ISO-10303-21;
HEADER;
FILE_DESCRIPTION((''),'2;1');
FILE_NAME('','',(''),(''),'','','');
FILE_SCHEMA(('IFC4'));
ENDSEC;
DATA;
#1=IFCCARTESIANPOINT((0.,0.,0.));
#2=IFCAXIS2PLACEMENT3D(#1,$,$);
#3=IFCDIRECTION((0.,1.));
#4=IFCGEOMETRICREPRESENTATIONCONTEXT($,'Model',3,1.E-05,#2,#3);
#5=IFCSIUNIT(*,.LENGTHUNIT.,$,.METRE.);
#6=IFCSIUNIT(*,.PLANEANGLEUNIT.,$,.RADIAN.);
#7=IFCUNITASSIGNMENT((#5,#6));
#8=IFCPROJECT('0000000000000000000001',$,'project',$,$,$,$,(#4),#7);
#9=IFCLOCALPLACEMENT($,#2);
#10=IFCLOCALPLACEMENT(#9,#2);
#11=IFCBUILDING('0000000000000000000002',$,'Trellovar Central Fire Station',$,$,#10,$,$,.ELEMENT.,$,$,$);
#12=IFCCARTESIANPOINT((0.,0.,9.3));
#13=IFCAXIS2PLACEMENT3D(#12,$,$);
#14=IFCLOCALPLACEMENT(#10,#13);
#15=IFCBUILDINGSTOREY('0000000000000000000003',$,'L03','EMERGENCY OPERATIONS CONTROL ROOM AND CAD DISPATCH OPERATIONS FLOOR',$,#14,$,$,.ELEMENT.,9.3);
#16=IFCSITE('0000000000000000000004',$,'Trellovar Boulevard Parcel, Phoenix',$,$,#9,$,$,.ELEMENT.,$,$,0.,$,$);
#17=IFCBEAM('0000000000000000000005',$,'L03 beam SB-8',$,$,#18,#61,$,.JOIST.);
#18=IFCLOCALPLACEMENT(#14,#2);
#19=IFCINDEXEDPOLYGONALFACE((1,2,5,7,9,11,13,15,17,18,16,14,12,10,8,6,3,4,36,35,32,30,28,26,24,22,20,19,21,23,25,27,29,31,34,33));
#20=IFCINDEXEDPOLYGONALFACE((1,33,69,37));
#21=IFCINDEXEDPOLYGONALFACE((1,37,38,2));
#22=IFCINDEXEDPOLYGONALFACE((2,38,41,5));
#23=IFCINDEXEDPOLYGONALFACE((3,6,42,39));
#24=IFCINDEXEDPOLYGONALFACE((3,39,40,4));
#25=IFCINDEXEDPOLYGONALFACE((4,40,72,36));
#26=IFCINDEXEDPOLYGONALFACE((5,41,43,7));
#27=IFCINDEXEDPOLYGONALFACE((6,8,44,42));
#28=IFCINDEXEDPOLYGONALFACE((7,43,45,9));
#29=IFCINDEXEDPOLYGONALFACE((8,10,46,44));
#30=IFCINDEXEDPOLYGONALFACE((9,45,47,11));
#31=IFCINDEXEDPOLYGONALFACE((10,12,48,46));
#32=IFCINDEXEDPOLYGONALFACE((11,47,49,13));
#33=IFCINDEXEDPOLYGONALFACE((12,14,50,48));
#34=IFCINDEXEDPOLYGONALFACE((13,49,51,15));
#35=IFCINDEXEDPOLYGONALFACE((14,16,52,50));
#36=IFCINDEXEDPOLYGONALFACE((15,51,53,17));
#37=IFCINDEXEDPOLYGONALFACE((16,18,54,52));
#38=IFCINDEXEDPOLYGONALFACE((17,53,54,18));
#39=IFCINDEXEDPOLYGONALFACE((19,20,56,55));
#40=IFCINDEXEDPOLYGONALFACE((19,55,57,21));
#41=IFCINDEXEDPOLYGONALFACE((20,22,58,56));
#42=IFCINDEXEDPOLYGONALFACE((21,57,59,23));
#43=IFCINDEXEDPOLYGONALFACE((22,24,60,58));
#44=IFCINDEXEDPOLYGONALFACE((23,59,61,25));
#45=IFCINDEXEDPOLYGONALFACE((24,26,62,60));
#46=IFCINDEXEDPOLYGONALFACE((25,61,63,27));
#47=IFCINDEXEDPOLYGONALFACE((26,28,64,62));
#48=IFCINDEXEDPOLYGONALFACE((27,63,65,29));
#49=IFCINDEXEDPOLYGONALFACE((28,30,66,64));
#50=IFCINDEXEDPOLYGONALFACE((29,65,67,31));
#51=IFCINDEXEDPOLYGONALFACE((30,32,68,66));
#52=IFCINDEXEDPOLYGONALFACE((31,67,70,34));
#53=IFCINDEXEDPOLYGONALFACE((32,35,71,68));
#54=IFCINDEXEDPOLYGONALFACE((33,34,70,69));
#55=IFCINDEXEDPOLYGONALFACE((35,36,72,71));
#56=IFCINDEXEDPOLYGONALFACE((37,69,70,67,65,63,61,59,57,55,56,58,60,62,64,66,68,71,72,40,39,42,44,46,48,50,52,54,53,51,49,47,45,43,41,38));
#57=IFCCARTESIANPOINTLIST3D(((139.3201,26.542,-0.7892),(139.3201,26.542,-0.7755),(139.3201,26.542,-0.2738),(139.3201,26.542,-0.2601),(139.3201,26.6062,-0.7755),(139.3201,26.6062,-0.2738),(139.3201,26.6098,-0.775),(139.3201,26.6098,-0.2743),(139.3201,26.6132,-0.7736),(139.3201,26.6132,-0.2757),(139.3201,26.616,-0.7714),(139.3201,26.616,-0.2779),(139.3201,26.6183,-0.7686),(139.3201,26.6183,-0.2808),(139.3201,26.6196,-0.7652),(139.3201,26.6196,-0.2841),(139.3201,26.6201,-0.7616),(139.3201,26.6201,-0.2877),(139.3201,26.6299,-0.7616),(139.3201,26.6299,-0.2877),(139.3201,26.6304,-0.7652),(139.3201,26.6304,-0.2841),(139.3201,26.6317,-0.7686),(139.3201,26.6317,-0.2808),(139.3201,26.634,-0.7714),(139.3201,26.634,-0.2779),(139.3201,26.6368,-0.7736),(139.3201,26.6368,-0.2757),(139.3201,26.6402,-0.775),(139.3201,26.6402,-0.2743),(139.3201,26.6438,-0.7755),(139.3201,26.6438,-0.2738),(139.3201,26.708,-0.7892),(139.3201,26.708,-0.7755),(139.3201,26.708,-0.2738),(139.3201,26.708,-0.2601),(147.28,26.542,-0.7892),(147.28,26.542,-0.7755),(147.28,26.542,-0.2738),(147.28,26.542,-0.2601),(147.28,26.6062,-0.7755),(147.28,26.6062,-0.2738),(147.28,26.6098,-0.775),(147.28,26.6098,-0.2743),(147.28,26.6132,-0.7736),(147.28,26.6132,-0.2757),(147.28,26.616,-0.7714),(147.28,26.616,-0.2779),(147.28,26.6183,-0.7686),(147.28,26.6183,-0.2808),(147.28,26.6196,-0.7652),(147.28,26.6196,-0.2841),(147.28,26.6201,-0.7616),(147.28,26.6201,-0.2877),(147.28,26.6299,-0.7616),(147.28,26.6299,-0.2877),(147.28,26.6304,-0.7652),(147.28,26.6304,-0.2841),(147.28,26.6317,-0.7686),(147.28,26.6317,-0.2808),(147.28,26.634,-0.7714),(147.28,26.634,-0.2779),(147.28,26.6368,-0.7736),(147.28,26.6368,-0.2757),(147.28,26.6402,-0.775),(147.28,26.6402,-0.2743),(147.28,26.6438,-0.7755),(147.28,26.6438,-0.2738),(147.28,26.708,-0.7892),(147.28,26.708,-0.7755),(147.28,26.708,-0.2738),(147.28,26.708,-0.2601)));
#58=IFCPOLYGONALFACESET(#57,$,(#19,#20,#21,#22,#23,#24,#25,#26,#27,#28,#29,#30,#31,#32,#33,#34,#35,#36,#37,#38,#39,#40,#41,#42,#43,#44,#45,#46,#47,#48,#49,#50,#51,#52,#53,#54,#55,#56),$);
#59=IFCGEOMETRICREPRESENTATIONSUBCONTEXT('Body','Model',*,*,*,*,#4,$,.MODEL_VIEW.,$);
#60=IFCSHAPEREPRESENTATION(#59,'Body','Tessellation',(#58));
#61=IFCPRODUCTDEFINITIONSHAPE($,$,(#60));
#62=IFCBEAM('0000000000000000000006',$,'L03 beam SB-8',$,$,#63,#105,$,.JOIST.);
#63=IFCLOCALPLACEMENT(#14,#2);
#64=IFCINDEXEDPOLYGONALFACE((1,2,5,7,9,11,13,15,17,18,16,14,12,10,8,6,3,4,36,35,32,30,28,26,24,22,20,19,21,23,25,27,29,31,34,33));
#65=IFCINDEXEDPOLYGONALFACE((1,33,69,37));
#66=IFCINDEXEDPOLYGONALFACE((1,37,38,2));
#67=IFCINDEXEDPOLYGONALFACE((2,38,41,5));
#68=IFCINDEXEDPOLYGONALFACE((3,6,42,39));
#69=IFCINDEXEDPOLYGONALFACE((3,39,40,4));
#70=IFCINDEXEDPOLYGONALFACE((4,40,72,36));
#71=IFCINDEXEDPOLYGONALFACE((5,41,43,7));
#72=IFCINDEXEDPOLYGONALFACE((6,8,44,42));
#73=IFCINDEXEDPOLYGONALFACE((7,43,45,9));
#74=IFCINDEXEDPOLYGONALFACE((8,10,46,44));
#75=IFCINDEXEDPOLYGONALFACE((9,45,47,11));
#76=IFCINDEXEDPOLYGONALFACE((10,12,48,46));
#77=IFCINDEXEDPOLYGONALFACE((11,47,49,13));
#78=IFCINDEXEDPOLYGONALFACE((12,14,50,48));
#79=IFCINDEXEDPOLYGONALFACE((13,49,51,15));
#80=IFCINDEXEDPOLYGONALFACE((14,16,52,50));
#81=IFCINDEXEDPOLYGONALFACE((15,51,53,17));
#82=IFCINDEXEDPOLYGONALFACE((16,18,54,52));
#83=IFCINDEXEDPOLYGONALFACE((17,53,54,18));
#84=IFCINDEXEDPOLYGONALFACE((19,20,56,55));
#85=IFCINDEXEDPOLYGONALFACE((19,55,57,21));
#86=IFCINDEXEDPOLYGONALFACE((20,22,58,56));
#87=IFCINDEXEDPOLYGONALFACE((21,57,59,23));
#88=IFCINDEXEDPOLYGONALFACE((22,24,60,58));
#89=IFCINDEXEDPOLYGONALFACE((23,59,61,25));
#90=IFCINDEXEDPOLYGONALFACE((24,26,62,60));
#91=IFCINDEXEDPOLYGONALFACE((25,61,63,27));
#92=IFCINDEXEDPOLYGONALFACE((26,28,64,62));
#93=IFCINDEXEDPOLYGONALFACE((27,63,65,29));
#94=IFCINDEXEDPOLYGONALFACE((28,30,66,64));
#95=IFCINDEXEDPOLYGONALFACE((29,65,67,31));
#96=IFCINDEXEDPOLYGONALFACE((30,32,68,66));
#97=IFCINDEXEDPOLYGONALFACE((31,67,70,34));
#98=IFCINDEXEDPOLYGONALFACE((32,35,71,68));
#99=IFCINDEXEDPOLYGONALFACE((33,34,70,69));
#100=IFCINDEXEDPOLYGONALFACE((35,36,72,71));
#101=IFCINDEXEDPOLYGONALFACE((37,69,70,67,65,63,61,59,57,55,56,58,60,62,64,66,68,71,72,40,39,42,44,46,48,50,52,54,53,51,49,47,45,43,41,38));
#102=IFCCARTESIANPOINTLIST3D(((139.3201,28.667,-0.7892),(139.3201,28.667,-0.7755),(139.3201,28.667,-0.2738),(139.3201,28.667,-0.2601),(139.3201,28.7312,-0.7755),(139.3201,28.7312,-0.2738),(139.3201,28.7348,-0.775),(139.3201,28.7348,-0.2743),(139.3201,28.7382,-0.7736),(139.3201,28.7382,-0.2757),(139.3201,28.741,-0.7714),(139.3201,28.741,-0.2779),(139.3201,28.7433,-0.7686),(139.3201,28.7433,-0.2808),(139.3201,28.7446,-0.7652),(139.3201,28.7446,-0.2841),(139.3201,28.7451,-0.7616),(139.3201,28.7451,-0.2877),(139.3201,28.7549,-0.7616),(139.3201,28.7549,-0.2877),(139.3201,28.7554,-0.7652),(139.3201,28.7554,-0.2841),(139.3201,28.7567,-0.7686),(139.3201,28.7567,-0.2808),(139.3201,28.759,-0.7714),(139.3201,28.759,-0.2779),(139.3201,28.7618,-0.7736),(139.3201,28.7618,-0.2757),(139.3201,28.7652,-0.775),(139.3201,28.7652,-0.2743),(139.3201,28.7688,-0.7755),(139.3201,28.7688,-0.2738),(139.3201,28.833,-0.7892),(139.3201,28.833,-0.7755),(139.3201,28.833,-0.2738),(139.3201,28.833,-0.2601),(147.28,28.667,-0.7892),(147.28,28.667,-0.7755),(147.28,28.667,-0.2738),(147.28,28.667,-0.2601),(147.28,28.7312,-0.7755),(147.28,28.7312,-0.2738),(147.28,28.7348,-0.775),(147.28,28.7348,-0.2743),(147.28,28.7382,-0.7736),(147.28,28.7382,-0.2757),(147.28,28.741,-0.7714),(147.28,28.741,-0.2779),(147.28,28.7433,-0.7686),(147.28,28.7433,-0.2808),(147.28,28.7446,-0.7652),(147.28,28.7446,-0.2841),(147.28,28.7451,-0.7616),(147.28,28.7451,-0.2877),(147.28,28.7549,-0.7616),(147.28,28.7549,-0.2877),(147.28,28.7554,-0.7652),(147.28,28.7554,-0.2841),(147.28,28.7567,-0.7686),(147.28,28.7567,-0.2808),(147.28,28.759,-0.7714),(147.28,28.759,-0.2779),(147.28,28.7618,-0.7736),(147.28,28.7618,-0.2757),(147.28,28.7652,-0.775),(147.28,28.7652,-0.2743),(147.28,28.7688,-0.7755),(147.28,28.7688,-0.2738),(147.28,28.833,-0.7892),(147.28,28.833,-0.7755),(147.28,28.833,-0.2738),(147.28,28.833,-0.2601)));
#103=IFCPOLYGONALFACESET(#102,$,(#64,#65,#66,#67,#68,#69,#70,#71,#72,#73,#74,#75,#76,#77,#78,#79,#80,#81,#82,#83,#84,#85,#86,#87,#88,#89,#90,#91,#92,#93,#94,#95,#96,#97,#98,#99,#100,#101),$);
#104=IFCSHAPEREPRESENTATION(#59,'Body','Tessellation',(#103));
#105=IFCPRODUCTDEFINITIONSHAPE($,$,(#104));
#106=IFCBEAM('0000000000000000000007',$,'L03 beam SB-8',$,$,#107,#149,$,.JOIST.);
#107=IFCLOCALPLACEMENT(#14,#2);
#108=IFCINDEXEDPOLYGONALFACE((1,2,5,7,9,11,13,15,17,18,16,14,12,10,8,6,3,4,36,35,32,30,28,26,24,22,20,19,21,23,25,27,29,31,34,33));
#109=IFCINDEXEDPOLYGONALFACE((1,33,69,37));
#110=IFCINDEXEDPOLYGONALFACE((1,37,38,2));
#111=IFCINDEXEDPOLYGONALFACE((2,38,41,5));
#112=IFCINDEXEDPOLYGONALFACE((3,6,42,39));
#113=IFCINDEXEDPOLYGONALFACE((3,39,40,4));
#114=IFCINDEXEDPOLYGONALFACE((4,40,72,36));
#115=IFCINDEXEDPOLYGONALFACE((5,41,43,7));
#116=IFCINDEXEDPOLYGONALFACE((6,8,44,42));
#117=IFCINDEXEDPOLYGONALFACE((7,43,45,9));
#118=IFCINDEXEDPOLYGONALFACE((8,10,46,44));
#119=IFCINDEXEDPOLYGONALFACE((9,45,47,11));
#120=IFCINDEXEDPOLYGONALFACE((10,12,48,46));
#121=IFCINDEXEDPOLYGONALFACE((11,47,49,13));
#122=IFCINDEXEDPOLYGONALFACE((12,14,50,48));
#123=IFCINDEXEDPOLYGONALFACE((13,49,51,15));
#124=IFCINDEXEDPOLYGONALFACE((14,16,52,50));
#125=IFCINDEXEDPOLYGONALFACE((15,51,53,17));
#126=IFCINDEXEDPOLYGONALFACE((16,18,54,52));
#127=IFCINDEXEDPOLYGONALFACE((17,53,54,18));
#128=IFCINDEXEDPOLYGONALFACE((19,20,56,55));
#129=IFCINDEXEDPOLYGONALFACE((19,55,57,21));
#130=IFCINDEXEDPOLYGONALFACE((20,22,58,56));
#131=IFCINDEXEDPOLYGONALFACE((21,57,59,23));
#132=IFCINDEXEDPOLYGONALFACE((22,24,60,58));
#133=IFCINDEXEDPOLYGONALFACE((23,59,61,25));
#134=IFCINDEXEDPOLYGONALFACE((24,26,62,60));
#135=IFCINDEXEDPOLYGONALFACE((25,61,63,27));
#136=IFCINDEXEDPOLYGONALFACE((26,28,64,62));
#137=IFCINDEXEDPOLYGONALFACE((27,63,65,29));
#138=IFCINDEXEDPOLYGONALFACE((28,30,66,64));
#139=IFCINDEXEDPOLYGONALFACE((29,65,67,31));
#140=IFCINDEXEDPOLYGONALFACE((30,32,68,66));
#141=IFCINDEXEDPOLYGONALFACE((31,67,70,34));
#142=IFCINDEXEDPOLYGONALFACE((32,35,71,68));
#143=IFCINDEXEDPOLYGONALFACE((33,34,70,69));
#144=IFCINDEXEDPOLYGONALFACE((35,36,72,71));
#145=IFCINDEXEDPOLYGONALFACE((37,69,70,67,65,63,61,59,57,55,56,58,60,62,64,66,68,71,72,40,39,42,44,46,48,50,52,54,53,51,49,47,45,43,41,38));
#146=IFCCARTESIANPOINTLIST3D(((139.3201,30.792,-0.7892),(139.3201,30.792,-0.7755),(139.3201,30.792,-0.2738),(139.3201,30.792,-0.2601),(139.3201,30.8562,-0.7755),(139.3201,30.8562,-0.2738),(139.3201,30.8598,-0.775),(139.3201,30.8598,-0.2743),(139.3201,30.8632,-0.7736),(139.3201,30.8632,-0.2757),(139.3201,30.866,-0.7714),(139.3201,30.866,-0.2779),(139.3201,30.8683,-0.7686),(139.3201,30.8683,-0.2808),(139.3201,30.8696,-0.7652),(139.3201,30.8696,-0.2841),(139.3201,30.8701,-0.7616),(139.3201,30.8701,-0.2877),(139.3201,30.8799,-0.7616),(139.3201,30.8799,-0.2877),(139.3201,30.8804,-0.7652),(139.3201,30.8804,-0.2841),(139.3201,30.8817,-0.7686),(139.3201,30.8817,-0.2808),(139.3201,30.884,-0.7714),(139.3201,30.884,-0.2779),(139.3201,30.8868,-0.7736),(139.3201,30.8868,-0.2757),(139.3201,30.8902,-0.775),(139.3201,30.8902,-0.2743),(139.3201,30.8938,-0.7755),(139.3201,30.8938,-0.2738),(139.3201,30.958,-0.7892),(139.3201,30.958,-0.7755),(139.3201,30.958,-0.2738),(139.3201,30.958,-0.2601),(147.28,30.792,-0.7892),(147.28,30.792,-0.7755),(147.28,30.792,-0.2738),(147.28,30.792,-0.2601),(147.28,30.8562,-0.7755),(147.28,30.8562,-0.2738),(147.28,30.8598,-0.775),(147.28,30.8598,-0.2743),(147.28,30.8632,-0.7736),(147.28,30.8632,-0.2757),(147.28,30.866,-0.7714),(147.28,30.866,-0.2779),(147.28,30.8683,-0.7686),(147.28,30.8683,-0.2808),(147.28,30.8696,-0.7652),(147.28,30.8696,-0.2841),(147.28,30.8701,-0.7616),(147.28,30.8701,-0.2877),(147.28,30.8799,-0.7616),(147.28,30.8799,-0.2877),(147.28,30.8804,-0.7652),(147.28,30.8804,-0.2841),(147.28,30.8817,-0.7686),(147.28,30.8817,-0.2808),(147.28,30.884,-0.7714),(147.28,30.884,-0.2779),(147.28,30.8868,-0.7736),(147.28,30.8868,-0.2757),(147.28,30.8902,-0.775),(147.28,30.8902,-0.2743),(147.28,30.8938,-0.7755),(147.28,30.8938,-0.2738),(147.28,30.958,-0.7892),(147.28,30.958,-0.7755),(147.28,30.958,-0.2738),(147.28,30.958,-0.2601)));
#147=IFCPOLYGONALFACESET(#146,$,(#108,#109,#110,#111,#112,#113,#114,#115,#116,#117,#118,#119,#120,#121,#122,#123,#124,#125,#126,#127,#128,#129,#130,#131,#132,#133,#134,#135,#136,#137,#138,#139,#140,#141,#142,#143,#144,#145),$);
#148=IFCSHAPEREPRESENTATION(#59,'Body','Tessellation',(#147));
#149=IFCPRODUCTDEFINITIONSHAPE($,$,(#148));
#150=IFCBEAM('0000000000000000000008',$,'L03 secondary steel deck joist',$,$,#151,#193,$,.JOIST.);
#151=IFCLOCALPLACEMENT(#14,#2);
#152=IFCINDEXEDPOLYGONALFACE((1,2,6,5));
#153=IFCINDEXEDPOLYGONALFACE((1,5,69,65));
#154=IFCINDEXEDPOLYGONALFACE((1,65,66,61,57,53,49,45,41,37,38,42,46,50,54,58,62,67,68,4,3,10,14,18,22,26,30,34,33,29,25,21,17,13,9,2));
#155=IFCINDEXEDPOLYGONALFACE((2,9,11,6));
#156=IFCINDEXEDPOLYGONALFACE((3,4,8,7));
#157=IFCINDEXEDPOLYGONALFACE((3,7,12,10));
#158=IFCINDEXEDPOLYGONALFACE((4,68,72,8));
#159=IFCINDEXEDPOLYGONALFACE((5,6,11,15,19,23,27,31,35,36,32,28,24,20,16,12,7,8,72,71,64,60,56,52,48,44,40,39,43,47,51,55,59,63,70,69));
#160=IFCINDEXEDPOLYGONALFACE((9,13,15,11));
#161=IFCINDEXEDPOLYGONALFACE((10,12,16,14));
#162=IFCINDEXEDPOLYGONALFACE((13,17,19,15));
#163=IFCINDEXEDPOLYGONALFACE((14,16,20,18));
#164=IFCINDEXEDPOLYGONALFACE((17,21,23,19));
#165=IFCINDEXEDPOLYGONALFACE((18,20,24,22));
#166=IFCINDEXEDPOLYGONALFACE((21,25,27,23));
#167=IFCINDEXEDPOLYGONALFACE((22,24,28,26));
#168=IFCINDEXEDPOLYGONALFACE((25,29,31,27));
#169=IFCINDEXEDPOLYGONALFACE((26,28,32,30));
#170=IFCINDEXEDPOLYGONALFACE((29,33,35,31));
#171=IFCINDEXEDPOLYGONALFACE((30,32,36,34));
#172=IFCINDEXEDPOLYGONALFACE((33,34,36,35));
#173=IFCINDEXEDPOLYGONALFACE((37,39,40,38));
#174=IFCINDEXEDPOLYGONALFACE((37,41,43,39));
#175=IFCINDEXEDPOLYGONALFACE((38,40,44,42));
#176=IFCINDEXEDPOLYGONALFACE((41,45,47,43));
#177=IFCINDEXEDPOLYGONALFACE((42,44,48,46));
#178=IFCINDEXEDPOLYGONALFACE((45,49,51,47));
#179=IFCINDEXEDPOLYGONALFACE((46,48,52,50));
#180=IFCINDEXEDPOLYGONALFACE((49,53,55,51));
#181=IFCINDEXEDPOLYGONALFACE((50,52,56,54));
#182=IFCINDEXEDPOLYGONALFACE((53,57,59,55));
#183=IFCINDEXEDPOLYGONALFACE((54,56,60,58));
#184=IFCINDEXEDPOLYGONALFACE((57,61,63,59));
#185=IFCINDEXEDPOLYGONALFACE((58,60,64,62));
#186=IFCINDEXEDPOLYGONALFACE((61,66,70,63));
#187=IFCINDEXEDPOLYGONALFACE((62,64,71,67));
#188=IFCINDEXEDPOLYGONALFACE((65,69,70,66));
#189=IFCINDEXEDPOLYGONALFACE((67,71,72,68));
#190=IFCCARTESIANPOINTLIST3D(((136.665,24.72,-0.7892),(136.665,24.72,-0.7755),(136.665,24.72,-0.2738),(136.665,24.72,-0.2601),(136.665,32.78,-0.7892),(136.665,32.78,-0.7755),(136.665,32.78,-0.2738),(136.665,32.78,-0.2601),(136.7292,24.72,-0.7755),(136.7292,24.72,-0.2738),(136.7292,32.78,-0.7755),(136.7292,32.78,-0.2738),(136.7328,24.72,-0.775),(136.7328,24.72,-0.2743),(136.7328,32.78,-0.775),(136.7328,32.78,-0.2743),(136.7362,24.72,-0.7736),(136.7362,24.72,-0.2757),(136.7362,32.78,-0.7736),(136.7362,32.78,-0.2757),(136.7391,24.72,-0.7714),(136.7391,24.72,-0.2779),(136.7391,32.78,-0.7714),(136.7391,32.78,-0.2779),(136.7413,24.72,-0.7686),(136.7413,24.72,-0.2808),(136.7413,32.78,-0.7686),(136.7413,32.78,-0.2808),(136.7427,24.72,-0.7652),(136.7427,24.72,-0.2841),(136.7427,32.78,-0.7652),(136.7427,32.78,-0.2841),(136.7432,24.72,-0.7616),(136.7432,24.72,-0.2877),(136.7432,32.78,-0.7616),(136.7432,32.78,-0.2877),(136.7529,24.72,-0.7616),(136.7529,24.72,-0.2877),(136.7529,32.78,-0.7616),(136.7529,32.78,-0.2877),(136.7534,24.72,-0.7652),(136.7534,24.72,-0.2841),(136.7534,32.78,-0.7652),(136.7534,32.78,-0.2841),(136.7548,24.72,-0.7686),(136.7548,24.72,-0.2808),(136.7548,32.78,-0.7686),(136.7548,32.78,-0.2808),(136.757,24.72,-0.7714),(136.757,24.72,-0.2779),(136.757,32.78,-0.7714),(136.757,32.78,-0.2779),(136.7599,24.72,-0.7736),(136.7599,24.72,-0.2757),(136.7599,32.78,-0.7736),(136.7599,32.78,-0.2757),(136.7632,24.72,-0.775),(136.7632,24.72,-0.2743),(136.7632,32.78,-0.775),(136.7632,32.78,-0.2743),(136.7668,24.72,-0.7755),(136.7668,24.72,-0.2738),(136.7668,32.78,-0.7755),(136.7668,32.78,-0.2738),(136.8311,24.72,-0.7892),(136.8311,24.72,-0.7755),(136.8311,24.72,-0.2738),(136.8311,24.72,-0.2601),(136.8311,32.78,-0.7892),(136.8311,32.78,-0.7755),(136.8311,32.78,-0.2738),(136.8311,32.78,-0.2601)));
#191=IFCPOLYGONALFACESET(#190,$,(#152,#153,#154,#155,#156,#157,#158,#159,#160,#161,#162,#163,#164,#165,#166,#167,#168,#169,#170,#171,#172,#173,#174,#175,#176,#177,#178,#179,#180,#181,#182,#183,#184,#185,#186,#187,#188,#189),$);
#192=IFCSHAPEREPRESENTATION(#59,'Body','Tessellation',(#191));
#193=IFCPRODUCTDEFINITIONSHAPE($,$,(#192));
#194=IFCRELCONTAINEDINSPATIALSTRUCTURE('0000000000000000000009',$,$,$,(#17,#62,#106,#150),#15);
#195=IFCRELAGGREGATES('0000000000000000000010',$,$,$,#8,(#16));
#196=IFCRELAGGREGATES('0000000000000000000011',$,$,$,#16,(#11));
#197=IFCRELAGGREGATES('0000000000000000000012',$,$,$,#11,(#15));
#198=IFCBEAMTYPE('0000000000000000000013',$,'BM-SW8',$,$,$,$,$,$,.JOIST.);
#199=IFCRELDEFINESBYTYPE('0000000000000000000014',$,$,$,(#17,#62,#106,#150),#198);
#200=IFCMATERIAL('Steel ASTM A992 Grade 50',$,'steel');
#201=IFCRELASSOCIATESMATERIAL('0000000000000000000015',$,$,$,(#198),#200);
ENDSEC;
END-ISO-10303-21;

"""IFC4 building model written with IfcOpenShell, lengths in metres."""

from ifc_helpers import new_model, si_unit, direction, frame, origin, origin_2d, place, context, subcontext, project, spatial, i_section, extrude, material, material_profile, profile_set, type_object, element, save


model = new_model("IFC4")

# Units and contexts
model_context = context("Model", 3, precision=1e-05, world=origin(), true_north=direction((0.0, 1.0)))
body_context = subcontext(model_context, "Body", "Model", "MODEL_VIEW")
ifc_project = project(units=[si_unit("LENGTHUNIT", "METRE"), si_unit("PLANEANGLEUNIT", "RADIAN")], contexts=[model_context])

# Site, building, storey
site_placement = place(None, origin())
site = spatial("IfcSite", under=ifc_project, at=site_placement, Name="Trellovar Boulevard Parcel, Phoenix", CompositionType="ELEMENT", RefElevation=0.0)
building_placement = place(site_placement, origin())
building = spatial("IfcBuilding", under=site, at=building_placement, Name="Trellovar Central Fire Station", CompositionType="ELEMENT")
storey_placement = place(building_placement, frame((0.0, 0.0, 9.3)))
storey = spatial("IfcBuildingStorey", under=building, at=storey_placement, Name="L03", Description="EMERGENCY OPERATIONS CONTROL ROOM AND CAD DISPATCH OPERATIONS FLOOR", CompositionType="ELEMENT", Elevation=9.3)

# Beams
ifc_material_1 = material(Name="Steel ASTM A992 Grade 50", Category="steel")
ifc_material_profile_1 = material_profile(ifc_material_1, i_section(OverallWidth=0.166, OverallDepth=0.5291, WebThickness=0.0098, FlangeThickness=0.0137, FilletRadius=0.0139, at=origin_2d()), Name="W21X50")
ifc_profile_set_1 = profile_set([ifc_material_profile_1], Name="Steel ASTM A992 Grade 50")
beam_type_1 = type_object("IfcBeamType", Name="BM-SW8", PredefinedType="JOIST", material=ifc_profile_set_1)
for number, where, z_axis, x_axis, name in (
    (1, (139.3201, 26.625, -0.5247), (1.0, 0.0, 0.0), (0.0, 1.0, 0.0), "L03 beam SB-8"),
    (2, (139.3201, 28.75, -0.5247), (1.0, 0.0, 0.0), (0.0, 1.0, 0.0), "L03 beam SB-8"),
    (3, (139.3201, 30.875, -0.5247), (1.0, 0.0, 0.0), (0.0, 1.0, 0.0), "L03 beam SB-8"),
):
    element("IfcBeam", number, at=place(storey_placement, frame(where, z_axis=z_axis, x_axis=x_axis)), inside=storey, type_object=beam_type_1, Name=name, PredefinedType="JOIST", context=body_context, shape_type="SweptSolid", body=[
        extrude(i_section(OverallWidth=0.166, OverallDepth=0.5291, WebThickness=0.0098, FlangeThickness=0.0137, FilletRadius=0.0139, at=origin_2d()), origin(), (0.0, 0.0, 1.0), 7.96),
    ])
for number, where, z_axis, x_axis, name in (
    (4, (136.748, 24.72, -0.5247), (0.0, 1.0, 0.0), (-1.0, 0.0, 0.0), "L03 secondary steel deck joist"),
):
    element("IfcBeam", number, at=place(storey_placement, frame(where, z_axis=z_axis, x_axis=x_axis)), inside=storey, type_object=beam_type_1, Name=name, PredefinedType="JOIST", context=body_context, shape_type="SweptSolid", body=[
        extrude(i_section(OverallWidth=0.166, OverallDepth=0.5291, WebThickness=0.0098, FlangeThickness=0.0137, FilletRadius=0.0139, at=origin_2d()), origin(), (0.0, 0.0, 1.0), 8.0601),
    ])

save(model, "model.ifc")
